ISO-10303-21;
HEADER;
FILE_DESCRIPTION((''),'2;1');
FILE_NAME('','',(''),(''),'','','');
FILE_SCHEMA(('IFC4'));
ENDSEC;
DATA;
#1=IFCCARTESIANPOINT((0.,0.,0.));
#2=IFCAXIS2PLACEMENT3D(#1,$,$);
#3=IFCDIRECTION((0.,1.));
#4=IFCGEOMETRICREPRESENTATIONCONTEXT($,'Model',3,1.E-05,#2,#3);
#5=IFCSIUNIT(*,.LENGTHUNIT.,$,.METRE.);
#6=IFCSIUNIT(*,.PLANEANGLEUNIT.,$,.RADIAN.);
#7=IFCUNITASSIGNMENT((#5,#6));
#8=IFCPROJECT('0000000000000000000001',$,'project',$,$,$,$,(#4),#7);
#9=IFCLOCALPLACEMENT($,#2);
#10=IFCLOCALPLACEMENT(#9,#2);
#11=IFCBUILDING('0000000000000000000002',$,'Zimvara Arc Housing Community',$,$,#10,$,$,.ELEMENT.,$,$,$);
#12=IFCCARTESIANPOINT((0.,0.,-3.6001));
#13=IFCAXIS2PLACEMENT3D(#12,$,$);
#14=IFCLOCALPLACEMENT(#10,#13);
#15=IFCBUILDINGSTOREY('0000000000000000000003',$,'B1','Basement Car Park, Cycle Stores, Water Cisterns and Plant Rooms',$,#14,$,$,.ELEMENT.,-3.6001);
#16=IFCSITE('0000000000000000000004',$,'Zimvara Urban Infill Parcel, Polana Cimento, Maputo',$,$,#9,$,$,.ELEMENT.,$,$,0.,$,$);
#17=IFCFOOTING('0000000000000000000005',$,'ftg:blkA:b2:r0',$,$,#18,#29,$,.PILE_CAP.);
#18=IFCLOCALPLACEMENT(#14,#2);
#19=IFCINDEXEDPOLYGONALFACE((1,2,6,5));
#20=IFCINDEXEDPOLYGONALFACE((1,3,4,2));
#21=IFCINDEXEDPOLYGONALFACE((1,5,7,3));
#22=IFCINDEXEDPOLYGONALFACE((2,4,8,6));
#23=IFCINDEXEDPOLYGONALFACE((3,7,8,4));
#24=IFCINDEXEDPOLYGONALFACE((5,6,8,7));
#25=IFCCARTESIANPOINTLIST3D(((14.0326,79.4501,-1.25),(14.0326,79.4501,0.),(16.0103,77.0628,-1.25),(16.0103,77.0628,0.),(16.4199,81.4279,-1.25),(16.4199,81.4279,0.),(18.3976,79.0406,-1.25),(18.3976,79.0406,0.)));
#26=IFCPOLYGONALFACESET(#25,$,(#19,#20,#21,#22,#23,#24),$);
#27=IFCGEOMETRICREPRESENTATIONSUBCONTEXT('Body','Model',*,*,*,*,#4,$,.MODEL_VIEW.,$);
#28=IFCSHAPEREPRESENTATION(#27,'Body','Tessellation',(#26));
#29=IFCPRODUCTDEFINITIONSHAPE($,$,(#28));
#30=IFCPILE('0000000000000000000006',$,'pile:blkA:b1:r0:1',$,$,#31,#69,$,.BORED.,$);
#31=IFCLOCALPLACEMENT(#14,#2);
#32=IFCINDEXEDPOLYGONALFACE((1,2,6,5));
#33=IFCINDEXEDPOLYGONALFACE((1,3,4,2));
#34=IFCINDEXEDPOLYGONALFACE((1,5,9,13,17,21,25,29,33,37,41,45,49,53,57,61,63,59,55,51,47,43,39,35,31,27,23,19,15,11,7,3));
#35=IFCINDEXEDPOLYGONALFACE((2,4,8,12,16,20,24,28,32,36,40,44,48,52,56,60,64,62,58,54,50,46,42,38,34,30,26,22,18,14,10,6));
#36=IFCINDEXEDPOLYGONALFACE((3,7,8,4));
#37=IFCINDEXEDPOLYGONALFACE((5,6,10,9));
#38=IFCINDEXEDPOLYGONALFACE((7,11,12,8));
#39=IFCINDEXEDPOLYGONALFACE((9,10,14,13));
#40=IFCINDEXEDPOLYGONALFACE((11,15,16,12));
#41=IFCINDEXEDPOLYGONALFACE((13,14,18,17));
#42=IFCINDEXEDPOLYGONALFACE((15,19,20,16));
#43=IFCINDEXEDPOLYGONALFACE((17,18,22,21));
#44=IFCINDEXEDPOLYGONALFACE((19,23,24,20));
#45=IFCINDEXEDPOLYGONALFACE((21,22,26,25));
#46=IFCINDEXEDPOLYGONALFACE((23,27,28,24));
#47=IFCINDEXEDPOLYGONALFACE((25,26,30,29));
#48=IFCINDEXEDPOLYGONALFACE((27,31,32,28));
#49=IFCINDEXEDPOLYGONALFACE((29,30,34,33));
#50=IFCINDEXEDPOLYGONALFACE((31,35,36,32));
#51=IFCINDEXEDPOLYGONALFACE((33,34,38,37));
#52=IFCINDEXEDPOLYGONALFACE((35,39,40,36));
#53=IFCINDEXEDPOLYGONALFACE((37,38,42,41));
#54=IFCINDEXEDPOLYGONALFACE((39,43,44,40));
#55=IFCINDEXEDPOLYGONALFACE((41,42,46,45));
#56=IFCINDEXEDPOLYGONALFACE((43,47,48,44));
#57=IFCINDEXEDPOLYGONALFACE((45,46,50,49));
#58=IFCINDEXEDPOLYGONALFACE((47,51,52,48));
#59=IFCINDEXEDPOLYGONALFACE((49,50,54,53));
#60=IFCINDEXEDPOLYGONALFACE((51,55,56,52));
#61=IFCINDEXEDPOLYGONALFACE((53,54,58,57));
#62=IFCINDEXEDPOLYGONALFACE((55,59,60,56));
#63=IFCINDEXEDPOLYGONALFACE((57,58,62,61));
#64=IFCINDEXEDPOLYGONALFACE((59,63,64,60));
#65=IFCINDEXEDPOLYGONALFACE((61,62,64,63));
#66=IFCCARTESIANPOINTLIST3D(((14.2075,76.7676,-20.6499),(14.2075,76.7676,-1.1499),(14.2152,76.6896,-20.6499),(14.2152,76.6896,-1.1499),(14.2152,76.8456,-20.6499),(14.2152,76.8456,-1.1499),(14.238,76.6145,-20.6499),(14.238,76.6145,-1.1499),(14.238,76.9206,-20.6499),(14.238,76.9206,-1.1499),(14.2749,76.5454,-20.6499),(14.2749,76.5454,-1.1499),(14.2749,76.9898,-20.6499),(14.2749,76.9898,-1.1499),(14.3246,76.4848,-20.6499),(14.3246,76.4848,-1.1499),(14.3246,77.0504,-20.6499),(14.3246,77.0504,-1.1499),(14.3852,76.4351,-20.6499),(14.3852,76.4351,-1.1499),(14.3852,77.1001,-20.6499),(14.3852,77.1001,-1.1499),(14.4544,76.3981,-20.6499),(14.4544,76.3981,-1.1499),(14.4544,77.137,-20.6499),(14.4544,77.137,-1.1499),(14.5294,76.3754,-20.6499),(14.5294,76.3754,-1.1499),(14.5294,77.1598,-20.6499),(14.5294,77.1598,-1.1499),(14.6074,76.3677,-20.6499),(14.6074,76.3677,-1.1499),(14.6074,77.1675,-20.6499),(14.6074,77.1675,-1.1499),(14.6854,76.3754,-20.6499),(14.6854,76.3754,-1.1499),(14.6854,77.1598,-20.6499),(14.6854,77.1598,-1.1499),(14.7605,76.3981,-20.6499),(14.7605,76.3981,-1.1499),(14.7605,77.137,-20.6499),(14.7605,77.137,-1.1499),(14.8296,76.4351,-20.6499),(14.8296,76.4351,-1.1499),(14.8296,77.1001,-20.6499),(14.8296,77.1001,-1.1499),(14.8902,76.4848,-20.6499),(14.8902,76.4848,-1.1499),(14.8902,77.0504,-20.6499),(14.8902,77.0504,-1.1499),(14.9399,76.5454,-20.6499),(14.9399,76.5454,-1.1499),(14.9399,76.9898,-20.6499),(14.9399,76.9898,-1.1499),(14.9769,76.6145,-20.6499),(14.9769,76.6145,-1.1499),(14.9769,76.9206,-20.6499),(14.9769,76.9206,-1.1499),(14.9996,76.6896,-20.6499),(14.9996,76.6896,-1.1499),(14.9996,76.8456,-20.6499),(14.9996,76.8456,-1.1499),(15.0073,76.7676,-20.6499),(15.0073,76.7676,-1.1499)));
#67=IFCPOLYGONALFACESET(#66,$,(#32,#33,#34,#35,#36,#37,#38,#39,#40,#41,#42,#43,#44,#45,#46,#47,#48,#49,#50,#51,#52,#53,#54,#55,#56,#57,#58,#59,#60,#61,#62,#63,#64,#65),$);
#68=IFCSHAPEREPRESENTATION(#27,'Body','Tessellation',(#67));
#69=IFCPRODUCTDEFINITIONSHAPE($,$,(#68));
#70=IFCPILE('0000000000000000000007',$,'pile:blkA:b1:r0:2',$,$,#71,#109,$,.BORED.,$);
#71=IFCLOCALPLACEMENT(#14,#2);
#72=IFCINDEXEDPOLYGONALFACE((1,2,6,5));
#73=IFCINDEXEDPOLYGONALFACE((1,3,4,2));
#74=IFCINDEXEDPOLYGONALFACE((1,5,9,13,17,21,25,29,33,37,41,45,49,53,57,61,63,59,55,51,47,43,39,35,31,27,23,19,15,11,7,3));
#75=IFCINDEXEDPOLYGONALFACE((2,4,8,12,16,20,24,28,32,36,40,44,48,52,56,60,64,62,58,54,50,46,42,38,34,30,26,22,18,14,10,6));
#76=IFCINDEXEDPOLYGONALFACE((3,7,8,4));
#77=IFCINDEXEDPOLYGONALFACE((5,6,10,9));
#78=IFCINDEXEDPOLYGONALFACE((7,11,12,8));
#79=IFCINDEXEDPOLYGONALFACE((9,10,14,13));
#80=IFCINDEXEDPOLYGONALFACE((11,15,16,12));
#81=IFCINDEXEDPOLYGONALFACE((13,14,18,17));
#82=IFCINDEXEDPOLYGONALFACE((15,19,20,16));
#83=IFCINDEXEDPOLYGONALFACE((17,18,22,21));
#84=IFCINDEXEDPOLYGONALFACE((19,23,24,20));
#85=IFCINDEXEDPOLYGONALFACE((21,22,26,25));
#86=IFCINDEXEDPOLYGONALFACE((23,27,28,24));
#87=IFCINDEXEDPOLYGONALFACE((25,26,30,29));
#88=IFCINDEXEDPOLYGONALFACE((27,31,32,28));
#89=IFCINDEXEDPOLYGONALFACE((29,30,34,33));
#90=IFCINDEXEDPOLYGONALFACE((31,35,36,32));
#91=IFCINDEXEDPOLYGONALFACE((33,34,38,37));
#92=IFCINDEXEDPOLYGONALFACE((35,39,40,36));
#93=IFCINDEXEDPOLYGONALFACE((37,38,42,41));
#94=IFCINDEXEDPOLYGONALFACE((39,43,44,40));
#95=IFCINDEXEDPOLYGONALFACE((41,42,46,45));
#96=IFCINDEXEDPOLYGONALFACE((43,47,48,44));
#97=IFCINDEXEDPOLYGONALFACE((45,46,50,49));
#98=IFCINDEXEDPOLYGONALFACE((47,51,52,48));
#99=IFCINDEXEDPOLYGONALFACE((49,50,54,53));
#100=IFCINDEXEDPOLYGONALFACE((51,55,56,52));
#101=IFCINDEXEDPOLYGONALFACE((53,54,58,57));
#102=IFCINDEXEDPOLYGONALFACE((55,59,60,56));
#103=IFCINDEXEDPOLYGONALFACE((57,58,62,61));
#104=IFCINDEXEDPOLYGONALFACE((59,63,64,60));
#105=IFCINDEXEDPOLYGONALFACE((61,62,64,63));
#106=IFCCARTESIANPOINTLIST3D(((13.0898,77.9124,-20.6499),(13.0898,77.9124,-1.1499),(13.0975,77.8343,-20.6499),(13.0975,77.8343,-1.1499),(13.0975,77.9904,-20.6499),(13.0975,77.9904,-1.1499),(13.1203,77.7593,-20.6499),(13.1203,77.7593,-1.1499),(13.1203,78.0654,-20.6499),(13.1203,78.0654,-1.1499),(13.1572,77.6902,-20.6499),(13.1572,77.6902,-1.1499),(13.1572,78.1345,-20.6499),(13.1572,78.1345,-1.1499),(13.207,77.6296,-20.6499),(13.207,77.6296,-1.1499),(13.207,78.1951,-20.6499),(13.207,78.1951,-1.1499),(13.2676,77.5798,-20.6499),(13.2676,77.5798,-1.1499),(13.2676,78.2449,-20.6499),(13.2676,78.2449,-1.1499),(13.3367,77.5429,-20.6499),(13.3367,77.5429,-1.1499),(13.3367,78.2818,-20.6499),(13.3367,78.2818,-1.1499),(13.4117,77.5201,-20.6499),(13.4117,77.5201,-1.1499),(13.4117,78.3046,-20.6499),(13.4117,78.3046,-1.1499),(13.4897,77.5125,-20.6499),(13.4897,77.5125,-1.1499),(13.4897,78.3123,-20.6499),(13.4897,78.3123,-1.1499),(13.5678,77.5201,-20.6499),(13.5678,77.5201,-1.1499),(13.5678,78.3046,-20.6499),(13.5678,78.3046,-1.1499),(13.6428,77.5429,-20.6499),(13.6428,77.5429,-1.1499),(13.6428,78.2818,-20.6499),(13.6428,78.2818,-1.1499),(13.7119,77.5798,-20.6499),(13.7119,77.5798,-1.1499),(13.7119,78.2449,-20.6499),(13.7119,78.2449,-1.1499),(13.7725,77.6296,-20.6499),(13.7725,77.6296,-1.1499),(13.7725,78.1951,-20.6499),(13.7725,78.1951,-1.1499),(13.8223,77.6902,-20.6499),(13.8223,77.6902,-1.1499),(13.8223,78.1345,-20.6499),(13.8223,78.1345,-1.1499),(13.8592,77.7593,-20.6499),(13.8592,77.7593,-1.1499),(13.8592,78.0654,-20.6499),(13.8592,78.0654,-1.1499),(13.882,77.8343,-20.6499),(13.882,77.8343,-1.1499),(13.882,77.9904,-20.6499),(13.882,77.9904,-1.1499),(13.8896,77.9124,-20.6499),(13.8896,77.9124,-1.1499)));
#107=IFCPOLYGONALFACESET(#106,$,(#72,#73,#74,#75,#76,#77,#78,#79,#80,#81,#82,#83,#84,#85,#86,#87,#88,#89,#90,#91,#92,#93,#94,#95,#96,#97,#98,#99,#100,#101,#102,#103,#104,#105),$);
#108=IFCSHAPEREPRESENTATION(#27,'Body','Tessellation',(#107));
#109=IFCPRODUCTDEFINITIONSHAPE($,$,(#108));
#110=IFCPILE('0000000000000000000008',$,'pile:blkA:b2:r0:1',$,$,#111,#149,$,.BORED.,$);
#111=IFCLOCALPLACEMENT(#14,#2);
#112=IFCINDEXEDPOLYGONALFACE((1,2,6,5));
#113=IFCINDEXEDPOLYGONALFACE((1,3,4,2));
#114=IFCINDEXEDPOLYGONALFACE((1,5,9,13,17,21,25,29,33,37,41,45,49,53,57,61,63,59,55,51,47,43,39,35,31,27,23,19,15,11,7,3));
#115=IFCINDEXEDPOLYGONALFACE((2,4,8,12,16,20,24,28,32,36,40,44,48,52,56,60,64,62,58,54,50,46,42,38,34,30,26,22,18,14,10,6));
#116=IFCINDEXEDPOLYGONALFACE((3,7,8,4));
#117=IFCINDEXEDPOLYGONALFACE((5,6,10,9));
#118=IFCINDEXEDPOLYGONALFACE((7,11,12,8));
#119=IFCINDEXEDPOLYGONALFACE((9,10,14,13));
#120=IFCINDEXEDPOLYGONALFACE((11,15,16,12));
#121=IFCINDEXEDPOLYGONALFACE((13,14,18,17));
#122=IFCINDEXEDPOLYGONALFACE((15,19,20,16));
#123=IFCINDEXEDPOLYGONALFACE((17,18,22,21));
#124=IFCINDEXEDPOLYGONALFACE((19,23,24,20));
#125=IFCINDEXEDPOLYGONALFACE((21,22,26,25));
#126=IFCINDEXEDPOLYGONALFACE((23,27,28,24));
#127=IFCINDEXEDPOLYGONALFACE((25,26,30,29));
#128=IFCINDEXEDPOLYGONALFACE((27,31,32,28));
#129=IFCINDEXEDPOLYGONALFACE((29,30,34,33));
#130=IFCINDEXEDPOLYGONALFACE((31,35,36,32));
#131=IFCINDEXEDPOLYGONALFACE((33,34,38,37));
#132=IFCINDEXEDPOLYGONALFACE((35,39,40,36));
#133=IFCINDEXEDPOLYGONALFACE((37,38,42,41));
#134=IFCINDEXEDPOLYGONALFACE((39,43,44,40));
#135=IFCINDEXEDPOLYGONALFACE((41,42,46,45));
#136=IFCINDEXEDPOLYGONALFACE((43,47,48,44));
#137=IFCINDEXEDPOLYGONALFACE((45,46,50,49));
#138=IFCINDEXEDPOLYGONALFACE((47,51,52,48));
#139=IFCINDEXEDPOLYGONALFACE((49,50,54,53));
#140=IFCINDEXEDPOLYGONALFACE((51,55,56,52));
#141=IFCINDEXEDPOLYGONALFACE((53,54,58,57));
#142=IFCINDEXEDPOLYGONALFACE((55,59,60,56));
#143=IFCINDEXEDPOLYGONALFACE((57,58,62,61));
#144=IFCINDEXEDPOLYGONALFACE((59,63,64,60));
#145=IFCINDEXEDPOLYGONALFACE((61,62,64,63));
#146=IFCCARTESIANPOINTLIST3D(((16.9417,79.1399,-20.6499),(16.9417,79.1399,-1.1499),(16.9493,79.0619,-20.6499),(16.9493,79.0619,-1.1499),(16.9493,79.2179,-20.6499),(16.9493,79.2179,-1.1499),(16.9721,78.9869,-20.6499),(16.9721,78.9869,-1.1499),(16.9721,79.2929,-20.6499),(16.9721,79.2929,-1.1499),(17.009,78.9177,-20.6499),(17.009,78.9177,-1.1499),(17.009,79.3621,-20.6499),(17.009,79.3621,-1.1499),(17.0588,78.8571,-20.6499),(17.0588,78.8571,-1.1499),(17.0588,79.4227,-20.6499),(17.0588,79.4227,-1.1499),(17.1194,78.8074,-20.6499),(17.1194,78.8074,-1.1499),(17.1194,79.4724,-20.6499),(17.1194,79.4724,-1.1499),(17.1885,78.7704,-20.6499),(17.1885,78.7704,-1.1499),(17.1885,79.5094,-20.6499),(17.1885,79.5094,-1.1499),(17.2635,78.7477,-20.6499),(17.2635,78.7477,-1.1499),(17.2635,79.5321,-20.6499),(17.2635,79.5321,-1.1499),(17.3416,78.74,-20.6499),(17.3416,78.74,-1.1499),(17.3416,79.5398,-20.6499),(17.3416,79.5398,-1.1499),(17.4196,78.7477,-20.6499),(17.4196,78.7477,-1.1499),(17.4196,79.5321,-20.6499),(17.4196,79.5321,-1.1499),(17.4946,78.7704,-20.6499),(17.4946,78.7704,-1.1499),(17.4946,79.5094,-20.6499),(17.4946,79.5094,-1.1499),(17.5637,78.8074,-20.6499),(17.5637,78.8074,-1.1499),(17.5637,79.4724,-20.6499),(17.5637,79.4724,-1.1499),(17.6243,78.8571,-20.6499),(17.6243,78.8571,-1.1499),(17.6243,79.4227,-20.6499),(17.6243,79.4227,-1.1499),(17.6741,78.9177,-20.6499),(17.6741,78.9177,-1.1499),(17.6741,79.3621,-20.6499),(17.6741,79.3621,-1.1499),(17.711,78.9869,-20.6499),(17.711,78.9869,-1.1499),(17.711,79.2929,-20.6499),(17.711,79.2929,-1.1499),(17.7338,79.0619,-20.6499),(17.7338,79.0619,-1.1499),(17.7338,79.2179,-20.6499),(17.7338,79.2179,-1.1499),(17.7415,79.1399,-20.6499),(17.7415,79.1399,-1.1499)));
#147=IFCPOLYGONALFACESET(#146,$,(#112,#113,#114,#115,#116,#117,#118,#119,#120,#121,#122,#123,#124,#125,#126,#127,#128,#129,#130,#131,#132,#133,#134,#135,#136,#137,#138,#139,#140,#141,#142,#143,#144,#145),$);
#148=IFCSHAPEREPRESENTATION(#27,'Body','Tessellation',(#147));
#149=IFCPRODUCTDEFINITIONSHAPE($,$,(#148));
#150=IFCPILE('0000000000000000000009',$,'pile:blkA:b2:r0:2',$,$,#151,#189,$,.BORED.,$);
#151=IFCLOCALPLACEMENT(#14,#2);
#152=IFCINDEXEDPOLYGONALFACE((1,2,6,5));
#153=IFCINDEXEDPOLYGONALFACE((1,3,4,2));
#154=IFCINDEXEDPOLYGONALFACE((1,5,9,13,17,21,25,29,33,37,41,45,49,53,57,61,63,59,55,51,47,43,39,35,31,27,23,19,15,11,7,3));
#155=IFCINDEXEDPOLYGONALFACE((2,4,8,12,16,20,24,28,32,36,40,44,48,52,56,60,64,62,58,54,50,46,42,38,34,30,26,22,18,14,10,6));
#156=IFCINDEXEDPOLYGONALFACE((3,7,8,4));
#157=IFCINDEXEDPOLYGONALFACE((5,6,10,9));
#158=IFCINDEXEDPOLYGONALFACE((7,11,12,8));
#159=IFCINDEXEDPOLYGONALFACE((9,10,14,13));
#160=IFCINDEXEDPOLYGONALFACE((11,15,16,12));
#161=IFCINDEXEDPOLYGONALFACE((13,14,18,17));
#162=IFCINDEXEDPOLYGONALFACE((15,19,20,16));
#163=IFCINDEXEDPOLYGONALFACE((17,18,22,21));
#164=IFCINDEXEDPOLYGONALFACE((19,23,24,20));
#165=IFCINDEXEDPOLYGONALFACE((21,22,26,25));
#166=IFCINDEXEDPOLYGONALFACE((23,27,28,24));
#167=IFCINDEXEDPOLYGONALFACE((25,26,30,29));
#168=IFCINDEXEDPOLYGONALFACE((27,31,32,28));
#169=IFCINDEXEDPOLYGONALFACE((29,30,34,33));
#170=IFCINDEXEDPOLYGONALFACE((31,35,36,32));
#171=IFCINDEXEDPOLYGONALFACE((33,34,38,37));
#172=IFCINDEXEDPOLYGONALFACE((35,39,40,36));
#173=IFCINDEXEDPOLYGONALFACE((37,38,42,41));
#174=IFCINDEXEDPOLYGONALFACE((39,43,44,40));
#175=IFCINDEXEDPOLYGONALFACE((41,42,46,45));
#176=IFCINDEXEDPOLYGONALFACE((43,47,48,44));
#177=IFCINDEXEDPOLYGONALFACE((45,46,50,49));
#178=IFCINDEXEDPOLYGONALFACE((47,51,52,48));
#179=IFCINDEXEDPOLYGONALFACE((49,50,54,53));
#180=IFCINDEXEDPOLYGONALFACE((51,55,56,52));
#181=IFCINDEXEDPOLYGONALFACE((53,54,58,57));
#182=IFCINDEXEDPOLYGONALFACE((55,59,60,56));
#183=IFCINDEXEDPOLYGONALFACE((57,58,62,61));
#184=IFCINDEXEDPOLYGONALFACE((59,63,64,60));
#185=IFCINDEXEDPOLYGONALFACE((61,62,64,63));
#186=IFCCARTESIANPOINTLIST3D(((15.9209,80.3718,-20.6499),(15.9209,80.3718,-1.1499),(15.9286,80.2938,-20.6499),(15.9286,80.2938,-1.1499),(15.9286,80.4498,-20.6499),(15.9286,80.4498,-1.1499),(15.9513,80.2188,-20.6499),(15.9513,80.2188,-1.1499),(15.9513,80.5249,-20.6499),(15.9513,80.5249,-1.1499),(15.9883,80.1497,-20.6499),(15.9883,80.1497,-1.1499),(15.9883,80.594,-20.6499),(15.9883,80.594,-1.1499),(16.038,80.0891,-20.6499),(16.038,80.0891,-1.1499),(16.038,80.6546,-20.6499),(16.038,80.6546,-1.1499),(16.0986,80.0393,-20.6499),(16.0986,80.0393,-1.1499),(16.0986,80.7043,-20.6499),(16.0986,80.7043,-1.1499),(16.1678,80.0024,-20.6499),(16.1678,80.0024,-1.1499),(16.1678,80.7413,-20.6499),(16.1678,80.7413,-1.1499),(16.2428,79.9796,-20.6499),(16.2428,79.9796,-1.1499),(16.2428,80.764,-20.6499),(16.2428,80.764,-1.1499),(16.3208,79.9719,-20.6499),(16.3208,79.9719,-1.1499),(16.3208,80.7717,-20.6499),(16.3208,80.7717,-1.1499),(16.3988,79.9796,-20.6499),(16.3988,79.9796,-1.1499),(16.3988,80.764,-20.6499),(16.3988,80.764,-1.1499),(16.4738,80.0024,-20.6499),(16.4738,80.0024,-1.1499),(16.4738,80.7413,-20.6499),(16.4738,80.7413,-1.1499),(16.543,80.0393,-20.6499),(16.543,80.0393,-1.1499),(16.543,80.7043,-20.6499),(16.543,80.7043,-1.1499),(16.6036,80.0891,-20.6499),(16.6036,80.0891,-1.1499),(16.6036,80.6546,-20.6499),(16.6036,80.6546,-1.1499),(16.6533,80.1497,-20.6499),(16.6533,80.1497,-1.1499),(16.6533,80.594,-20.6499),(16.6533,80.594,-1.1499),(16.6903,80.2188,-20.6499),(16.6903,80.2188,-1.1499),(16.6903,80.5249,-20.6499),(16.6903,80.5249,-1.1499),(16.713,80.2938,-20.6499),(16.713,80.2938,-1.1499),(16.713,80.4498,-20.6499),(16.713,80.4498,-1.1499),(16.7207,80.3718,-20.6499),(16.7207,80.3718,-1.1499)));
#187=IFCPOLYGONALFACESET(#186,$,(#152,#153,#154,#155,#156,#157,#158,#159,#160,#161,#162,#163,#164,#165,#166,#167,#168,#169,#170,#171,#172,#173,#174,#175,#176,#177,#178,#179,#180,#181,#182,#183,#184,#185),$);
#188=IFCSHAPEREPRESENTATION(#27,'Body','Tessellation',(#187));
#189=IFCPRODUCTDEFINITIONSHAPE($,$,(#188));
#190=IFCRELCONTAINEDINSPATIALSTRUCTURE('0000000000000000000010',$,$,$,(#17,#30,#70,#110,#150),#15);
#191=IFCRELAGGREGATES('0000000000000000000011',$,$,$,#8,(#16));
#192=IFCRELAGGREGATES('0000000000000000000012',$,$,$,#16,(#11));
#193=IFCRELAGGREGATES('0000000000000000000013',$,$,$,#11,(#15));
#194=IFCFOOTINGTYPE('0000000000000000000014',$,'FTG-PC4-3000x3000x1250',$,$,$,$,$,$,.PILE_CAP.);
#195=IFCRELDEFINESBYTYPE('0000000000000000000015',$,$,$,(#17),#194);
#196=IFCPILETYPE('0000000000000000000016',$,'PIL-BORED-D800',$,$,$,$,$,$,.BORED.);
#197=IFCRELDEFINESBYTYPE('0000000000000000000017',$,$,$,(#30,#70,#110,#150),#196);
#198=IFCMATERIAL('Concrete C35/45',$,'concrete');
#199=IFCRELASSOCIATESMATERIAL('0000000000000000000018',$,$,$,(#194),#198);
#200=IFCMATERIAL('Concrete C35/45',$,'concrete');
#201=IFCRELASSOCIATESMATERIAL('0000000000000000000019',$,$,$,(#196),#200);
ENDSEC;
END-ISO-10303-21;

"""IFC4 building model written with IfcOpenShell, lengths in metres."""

from ifc_helpers import new_model, si_unit, direction, frame, origin, origin_2d, place, context, subcontext, project, spatial, rectangle, circle, extrude, material, material_profile, profile_set, type_object, element, save


model = new_model("IFC4")

# Units and contexts
model_context = context("Model", 3, precision=1e-05, world=origin(), true_north=direction((0.0, 1.0)))
body_context = subcontext(model_context, "Body", "Model", "MODEL_VIEW")
ifc_project = project(units=[si_unit("LENGTHUNIT", "METRE"), si_unit("PLANEANGLEUNIT", "RADIAN")], contexts=[model_context])

# Site, building, storey
site_placement = place(None, origin())
site = spatial("IfcSite", under=ifc_project, at=site_placement, Name="Zimvara Urban Infill Parcel, Polana Cimento, Maputo", CompositionType="ELEMENT", RefElevation=0.0)
building_placement = place(site_placement, origin())
building = spatial("IfcBuilding", under=site, at=building_placement, Name="Zimvara Arc Housing Community", CompositionType="ELEMENT")
storey_placement = place(building_placement, frame((0.0, 0.0, -3.6001)))
storey = spatial("IfcBuildingStorey", under=building, at=storey_placement, Name="B1", Description="Basement Car Park, Cycle Stores, Water Cisterns and Plant Rooms", CompositionType="ELEMENT", Elevation=-3.6001)

# Footing
ifc_material_1 = material(Name="Concrete C35/45", Category="concrete")
footing_type = type_object("IfcFootingType", Name="FTG-PC4-3000x3000x1250", PredefinedType="PILE_CAP", material=ifc_material_1)
footing_placement = place(storey_placement, frame((16.2151, 79.2454, -1.25), z_axis=(0.0, 0.0, 1.0), x_axis=(-0.637962, 0.770068, 0.0)))
element("IfcFooting", 1, at=footing_placement, inside=storey, type_object=footing_type, Name="ftg:blkA:b2:r0", PredefinedType="PILE_CAP", context=body_context, shape_type="SweptSolid", body=[
    extrude(rectangle(XDim=3.1001, YDim=3.1001, at=origin_2d()), origin(), (0.0, 0.0, 1.0), 1.25),
])

# Piles
ifc_material_2 = material(Name="Concrete C35/45", Category="concrete")
ifc_material_profile_1 = material_profile(ifc_material_2, circle(Radius=0.3999, at=origin_2d()), Name="PILE D800")
ifc_profile_set_1 = profile_set([ifc_material_profile_1], Name="Concrete C35/45")
pile_type = type_object("IfcPileType", Name="PIL-BORED-D800", PredefinedType="BORED", material=ifc_profile_set_1)
for number, where, z_axis, x_axis, name in (
    (2, (14.6074, 76.7676, -1.1499), (0.0, 0.0, -1.0), (1.0, 0.0, 0.0), "pile:blkA:b1:r0:1"),
    (3, (13.4897, 77.9124, -1.1499), (0.0, 0.0, -1.0), (1.0, 0.0, 0.0), "pile:blkA:b1:r0:2"),
    (4, (17.3416, 79.1399, -1.1499), (0.0, 0.0, -1.0), (1.0, 0.0, 0.0), "pile:blkA:b2:r0:1"),
    (5, (16.3208, 80.3718, -1.1499), (0.0, 0.0, -1.0), (1.0, 0.0, 0.0), "pile:blkA:b2:r0:2"),
):
    element("IfcPile", number, at=place(storey_placement, frame(where, z_axis=z_axis, x_axis=x_axis)), inside=storey, type_object=pile_type, Name=name, PredefinedType="BORED", context=body_context, shape_type="SweptSolid", body=[
        extrude(circle(Radius=0.3999, at=origin_2d()), origin(), (0.0, 0.0, 1.0), 19.5),
    ])

save(model, "model.ifc")
